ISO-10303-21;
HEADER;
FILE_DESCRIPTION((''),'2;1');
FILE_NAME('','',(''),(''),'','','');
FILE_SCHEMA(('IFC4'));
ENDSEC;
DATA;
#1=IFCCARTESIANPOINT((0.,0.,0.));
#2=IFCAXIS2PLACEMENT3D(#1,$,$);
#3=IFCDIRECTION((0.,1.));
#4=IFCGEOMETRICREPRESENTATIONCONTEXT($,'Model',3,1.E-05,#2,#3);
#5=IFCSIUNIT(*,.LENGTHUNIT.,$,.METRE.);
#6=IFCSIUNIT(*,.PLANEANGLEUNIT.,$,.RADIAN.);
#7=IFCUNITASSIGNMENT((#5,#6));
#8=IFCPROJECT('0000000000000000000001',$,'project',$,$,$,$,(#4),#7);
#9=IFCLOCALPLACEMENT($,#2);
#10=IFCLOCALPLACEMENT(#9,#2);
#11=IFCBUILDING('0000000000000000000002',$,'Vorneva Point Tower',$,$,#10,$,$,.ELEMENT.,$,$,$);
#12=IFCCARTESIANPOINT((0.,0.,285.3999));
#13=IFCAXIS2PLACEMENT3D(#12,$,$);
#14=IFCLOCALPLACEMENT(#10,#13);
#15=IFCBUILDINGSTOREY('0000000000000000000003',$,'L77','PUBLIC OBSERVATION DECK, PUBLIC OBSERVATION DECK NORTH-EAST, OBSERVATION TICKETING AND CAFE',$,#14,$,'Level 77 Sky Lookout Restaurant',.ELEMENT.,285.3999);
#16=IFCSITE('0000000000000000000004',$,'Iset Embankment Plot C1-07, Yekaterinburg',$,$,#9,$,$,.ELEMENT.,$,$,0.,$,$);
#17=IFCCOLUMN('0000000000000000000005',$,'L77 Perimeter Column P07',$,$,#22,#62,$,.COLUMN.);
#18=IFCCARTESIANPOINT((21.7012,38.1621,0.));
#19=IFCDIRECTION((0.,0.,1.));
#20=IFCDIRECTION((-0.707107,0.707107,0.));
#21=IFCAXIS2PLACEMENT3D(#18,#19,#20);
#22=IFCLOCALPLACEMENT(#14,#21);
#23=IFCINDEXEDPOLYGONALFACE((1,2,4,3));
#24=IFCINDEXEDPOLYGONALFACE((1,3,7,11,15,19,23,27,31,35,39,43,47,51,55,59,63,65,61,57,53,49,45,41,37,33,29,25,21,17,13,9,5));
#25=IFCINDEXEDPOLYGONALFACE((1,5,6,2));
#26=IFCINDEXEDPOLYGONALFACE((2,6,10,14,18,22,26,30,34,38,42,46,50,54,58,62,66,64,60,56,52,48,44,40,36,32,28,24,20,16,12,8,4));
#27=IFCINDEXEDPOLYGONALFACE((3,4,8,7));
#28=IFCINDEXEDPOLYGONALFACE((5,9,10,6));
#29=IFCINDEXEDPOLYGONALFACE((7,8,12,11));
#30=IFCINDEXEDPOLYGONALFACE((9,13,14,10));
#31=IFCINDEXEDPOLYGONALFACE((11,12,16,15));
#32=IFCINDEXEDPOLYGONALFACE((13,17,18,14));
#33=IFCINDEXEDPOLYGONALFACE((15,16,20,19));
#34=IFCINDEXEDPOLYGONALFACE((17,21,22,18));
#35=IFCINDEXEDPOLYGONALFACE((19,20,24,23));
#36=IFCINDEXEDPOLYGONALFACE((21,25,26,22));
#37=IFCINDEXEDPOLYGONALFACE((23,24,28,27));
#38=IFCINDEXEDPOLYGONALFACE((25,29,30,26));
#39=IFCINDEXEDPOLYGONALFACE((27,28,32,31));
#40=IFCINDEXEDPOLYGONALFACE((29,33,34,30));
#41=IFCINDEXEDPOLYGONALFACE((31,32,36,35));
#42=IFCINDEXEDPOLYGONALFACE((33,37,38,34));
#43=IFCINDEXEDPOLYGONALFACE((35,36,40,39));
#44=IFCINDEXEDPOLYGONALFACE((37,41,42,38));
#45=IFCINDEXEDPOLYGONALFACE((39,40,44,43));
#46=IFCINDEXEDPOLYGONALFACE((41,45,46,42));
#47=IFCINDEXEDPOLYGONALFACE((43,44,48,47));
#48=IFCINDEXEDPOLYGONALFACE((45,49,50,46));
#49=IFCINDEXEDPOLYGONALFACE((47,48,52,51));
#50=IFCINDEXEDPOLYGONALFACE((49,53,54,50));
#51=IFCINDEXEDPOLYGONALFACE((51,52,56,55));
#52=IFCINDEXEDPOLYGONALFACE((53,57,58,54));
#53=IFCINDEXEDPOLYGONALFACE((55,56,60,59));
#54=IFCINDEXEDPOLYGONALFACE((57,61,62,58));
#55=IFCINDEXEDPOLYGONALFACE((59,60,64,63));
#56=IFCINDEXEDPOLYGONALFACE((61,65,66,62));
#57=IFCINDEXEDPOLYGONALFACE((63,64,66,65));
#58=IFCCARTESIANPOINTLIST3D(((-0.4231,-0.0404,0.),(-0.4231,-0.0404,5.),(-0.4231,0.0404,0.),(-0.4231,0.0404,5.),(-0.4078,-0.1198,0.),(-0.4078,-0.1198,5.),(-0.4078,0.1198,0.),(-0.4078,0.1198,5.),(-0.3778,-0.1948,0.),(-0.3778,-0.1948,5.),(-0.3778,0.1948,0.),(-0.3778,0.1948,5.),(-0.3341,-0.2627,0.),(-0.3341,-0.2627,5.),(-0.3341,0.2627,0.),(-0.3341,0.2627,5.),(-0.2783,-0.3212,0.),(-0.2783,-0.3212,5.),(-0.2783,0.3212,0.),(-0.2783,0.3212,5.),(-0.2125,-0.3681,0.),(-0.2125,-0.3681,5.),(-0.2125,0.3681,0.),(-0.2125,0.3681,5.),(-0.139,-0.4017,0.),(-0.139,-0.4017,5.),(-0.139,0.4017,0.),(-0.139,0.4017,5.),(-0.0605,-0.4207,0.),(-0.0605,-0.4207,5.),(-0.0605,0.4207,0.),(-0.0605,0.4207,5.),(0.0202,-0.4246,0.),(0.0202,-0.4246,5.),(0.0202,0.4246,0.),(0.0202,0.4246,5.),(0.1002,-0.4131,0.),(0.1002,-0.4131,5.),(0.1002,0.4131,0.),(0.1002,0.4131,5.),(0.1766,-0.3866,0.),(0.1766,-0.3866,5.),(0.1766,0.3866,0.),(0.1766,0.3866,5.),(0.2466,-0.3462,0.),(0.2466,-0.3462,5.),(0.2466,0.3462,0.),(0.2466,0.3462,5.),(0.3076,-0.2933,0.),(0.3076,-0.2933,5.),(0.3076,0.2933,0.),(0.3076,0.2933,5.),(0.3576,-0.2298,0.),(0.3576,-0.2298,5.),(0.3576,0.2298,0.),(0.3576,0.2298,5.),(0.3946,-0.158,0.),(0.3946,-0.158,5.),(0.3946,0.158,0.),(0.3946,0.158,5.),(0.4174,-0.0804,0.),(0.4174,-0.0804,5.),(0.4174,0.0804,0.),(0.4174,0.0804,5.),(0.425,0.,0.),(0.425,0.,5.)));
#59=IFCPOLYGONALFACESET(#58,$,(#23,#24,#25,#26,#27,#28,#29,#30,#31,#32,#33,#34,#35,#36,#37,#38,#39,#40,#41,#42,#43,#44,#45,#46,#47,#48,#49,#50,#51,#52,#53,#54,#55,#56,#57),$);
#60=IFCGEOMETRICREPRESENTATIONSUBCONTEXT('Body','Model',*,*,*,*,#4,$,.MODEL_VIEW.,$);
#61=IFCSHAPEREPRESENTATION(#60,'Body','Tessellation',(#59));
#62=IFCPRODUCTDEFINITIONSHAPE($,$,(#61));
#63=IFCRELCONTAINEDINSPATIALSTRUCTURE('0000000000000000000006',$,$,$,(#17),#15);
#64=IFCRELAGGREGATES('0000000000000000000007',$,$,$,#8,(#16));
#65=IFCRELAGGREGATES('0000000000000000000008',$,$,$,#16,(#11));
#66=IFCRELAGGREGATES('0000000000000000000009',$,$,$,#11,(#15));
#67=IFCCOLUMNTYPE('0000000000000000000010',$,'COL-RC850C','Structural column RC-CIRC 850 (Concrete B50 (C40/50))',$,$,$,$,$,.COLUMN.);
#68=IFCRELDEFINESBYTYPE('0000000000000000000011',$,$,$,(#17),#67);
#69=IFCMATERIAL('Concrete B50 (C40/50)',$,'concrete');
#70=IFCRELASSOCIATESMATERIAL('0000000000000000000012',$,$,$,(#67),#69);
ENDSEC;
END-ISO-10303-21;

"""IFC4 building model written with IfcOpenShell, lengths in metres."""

from ifc_helpers import new_model, si_unit, direction, frame, origin, origin_2d, place, context, subcontext, project, spatial, circle, extrude, material, material_profile, profile_set, type_object, element, save


model = new_model("IFC4")

# Units and contexts
model_context = context("Model", 3, precision=1e-05, world=origin(), true_north=direction((0.0, 1.0)))
body_context = subcontext(model_context, "Body", "Model", "MODEL_VIEW")
ifc_project = project(units=[si_unit("LENGTHUNIT", "METRE"), si_unit("PLANEANGLEUNIT", "RADIAN")], contexts=[model_context])

# Site, building, storey
site_placement = place(None, origin())
site = spatial("IfcSite", under=ifc_project, at=site_placement, Name="Iset Embankment Plot C1-07, Yekaterinburg", CompositionType="ELEMENT", RefElevation=0.0)
building_placement = place(site_placement, origin())
building = spatial("IfcBuilding", under=site, at=building_placement, Name="Vorneva Point Tower", CompositionType="ELEMENT")
storey_placement = place(building_placement, frame((0.0, 0.0, 285.3999)))
storey = spatial("IfcBuildingStorey", under=building, at=storey_placement, Name="L77", Description="PUBLIC OBSERVATION DECK, PUBLIC OBSERVATION DECK NORTH-EAST, OBSERVATION TICKETING AND CAFE", LongName="Level 77 Sky Lookout Restaurant", CompositionType="ELEMENT", Elevation=285.3999)

# Column
ifc_material_1 = material(Name="Concrete B50 (C40/50)", Category="concrete")
ifc_material_profile_1 = material_profile(ifc_material_1, circle(Radius=0.425, at=origin_2d()), Name="RC-CIRC 850")
ifc_profile_set_1 = profile_set([ifc_material_profile_1], Name="Concrete B50 (C40/50)")
column_type_1 = type_object("IfcColumnType", Name="COL-RC850C", Description="Structural column RC-CIRC 850 (Concrete B50 (C40/50))", PredefinedType="COLUMN", material=ifc_profile_set_1)
column_1_placement = place(storey_placement, frame((21.7012, 38.1621, 0.0), z_axis=(0.0, 0.0, 1.0), x_axis=(-0.707107, 0.707107, 0.0)))
element("IfcColumn", 1, at=column_1_placement, inside=storey, type_object=column_type_1, Name="L77 Perimeter Column P07", PredefinedType="COLUMN", context=body_context, shape_type="SweptSolid", body=[
    extrude(circle(Radius=0.425, at=origin_2d()), origin(), (0.0, 0.0, 1.0), 5.0),
])

save(model, "model.ifc")
